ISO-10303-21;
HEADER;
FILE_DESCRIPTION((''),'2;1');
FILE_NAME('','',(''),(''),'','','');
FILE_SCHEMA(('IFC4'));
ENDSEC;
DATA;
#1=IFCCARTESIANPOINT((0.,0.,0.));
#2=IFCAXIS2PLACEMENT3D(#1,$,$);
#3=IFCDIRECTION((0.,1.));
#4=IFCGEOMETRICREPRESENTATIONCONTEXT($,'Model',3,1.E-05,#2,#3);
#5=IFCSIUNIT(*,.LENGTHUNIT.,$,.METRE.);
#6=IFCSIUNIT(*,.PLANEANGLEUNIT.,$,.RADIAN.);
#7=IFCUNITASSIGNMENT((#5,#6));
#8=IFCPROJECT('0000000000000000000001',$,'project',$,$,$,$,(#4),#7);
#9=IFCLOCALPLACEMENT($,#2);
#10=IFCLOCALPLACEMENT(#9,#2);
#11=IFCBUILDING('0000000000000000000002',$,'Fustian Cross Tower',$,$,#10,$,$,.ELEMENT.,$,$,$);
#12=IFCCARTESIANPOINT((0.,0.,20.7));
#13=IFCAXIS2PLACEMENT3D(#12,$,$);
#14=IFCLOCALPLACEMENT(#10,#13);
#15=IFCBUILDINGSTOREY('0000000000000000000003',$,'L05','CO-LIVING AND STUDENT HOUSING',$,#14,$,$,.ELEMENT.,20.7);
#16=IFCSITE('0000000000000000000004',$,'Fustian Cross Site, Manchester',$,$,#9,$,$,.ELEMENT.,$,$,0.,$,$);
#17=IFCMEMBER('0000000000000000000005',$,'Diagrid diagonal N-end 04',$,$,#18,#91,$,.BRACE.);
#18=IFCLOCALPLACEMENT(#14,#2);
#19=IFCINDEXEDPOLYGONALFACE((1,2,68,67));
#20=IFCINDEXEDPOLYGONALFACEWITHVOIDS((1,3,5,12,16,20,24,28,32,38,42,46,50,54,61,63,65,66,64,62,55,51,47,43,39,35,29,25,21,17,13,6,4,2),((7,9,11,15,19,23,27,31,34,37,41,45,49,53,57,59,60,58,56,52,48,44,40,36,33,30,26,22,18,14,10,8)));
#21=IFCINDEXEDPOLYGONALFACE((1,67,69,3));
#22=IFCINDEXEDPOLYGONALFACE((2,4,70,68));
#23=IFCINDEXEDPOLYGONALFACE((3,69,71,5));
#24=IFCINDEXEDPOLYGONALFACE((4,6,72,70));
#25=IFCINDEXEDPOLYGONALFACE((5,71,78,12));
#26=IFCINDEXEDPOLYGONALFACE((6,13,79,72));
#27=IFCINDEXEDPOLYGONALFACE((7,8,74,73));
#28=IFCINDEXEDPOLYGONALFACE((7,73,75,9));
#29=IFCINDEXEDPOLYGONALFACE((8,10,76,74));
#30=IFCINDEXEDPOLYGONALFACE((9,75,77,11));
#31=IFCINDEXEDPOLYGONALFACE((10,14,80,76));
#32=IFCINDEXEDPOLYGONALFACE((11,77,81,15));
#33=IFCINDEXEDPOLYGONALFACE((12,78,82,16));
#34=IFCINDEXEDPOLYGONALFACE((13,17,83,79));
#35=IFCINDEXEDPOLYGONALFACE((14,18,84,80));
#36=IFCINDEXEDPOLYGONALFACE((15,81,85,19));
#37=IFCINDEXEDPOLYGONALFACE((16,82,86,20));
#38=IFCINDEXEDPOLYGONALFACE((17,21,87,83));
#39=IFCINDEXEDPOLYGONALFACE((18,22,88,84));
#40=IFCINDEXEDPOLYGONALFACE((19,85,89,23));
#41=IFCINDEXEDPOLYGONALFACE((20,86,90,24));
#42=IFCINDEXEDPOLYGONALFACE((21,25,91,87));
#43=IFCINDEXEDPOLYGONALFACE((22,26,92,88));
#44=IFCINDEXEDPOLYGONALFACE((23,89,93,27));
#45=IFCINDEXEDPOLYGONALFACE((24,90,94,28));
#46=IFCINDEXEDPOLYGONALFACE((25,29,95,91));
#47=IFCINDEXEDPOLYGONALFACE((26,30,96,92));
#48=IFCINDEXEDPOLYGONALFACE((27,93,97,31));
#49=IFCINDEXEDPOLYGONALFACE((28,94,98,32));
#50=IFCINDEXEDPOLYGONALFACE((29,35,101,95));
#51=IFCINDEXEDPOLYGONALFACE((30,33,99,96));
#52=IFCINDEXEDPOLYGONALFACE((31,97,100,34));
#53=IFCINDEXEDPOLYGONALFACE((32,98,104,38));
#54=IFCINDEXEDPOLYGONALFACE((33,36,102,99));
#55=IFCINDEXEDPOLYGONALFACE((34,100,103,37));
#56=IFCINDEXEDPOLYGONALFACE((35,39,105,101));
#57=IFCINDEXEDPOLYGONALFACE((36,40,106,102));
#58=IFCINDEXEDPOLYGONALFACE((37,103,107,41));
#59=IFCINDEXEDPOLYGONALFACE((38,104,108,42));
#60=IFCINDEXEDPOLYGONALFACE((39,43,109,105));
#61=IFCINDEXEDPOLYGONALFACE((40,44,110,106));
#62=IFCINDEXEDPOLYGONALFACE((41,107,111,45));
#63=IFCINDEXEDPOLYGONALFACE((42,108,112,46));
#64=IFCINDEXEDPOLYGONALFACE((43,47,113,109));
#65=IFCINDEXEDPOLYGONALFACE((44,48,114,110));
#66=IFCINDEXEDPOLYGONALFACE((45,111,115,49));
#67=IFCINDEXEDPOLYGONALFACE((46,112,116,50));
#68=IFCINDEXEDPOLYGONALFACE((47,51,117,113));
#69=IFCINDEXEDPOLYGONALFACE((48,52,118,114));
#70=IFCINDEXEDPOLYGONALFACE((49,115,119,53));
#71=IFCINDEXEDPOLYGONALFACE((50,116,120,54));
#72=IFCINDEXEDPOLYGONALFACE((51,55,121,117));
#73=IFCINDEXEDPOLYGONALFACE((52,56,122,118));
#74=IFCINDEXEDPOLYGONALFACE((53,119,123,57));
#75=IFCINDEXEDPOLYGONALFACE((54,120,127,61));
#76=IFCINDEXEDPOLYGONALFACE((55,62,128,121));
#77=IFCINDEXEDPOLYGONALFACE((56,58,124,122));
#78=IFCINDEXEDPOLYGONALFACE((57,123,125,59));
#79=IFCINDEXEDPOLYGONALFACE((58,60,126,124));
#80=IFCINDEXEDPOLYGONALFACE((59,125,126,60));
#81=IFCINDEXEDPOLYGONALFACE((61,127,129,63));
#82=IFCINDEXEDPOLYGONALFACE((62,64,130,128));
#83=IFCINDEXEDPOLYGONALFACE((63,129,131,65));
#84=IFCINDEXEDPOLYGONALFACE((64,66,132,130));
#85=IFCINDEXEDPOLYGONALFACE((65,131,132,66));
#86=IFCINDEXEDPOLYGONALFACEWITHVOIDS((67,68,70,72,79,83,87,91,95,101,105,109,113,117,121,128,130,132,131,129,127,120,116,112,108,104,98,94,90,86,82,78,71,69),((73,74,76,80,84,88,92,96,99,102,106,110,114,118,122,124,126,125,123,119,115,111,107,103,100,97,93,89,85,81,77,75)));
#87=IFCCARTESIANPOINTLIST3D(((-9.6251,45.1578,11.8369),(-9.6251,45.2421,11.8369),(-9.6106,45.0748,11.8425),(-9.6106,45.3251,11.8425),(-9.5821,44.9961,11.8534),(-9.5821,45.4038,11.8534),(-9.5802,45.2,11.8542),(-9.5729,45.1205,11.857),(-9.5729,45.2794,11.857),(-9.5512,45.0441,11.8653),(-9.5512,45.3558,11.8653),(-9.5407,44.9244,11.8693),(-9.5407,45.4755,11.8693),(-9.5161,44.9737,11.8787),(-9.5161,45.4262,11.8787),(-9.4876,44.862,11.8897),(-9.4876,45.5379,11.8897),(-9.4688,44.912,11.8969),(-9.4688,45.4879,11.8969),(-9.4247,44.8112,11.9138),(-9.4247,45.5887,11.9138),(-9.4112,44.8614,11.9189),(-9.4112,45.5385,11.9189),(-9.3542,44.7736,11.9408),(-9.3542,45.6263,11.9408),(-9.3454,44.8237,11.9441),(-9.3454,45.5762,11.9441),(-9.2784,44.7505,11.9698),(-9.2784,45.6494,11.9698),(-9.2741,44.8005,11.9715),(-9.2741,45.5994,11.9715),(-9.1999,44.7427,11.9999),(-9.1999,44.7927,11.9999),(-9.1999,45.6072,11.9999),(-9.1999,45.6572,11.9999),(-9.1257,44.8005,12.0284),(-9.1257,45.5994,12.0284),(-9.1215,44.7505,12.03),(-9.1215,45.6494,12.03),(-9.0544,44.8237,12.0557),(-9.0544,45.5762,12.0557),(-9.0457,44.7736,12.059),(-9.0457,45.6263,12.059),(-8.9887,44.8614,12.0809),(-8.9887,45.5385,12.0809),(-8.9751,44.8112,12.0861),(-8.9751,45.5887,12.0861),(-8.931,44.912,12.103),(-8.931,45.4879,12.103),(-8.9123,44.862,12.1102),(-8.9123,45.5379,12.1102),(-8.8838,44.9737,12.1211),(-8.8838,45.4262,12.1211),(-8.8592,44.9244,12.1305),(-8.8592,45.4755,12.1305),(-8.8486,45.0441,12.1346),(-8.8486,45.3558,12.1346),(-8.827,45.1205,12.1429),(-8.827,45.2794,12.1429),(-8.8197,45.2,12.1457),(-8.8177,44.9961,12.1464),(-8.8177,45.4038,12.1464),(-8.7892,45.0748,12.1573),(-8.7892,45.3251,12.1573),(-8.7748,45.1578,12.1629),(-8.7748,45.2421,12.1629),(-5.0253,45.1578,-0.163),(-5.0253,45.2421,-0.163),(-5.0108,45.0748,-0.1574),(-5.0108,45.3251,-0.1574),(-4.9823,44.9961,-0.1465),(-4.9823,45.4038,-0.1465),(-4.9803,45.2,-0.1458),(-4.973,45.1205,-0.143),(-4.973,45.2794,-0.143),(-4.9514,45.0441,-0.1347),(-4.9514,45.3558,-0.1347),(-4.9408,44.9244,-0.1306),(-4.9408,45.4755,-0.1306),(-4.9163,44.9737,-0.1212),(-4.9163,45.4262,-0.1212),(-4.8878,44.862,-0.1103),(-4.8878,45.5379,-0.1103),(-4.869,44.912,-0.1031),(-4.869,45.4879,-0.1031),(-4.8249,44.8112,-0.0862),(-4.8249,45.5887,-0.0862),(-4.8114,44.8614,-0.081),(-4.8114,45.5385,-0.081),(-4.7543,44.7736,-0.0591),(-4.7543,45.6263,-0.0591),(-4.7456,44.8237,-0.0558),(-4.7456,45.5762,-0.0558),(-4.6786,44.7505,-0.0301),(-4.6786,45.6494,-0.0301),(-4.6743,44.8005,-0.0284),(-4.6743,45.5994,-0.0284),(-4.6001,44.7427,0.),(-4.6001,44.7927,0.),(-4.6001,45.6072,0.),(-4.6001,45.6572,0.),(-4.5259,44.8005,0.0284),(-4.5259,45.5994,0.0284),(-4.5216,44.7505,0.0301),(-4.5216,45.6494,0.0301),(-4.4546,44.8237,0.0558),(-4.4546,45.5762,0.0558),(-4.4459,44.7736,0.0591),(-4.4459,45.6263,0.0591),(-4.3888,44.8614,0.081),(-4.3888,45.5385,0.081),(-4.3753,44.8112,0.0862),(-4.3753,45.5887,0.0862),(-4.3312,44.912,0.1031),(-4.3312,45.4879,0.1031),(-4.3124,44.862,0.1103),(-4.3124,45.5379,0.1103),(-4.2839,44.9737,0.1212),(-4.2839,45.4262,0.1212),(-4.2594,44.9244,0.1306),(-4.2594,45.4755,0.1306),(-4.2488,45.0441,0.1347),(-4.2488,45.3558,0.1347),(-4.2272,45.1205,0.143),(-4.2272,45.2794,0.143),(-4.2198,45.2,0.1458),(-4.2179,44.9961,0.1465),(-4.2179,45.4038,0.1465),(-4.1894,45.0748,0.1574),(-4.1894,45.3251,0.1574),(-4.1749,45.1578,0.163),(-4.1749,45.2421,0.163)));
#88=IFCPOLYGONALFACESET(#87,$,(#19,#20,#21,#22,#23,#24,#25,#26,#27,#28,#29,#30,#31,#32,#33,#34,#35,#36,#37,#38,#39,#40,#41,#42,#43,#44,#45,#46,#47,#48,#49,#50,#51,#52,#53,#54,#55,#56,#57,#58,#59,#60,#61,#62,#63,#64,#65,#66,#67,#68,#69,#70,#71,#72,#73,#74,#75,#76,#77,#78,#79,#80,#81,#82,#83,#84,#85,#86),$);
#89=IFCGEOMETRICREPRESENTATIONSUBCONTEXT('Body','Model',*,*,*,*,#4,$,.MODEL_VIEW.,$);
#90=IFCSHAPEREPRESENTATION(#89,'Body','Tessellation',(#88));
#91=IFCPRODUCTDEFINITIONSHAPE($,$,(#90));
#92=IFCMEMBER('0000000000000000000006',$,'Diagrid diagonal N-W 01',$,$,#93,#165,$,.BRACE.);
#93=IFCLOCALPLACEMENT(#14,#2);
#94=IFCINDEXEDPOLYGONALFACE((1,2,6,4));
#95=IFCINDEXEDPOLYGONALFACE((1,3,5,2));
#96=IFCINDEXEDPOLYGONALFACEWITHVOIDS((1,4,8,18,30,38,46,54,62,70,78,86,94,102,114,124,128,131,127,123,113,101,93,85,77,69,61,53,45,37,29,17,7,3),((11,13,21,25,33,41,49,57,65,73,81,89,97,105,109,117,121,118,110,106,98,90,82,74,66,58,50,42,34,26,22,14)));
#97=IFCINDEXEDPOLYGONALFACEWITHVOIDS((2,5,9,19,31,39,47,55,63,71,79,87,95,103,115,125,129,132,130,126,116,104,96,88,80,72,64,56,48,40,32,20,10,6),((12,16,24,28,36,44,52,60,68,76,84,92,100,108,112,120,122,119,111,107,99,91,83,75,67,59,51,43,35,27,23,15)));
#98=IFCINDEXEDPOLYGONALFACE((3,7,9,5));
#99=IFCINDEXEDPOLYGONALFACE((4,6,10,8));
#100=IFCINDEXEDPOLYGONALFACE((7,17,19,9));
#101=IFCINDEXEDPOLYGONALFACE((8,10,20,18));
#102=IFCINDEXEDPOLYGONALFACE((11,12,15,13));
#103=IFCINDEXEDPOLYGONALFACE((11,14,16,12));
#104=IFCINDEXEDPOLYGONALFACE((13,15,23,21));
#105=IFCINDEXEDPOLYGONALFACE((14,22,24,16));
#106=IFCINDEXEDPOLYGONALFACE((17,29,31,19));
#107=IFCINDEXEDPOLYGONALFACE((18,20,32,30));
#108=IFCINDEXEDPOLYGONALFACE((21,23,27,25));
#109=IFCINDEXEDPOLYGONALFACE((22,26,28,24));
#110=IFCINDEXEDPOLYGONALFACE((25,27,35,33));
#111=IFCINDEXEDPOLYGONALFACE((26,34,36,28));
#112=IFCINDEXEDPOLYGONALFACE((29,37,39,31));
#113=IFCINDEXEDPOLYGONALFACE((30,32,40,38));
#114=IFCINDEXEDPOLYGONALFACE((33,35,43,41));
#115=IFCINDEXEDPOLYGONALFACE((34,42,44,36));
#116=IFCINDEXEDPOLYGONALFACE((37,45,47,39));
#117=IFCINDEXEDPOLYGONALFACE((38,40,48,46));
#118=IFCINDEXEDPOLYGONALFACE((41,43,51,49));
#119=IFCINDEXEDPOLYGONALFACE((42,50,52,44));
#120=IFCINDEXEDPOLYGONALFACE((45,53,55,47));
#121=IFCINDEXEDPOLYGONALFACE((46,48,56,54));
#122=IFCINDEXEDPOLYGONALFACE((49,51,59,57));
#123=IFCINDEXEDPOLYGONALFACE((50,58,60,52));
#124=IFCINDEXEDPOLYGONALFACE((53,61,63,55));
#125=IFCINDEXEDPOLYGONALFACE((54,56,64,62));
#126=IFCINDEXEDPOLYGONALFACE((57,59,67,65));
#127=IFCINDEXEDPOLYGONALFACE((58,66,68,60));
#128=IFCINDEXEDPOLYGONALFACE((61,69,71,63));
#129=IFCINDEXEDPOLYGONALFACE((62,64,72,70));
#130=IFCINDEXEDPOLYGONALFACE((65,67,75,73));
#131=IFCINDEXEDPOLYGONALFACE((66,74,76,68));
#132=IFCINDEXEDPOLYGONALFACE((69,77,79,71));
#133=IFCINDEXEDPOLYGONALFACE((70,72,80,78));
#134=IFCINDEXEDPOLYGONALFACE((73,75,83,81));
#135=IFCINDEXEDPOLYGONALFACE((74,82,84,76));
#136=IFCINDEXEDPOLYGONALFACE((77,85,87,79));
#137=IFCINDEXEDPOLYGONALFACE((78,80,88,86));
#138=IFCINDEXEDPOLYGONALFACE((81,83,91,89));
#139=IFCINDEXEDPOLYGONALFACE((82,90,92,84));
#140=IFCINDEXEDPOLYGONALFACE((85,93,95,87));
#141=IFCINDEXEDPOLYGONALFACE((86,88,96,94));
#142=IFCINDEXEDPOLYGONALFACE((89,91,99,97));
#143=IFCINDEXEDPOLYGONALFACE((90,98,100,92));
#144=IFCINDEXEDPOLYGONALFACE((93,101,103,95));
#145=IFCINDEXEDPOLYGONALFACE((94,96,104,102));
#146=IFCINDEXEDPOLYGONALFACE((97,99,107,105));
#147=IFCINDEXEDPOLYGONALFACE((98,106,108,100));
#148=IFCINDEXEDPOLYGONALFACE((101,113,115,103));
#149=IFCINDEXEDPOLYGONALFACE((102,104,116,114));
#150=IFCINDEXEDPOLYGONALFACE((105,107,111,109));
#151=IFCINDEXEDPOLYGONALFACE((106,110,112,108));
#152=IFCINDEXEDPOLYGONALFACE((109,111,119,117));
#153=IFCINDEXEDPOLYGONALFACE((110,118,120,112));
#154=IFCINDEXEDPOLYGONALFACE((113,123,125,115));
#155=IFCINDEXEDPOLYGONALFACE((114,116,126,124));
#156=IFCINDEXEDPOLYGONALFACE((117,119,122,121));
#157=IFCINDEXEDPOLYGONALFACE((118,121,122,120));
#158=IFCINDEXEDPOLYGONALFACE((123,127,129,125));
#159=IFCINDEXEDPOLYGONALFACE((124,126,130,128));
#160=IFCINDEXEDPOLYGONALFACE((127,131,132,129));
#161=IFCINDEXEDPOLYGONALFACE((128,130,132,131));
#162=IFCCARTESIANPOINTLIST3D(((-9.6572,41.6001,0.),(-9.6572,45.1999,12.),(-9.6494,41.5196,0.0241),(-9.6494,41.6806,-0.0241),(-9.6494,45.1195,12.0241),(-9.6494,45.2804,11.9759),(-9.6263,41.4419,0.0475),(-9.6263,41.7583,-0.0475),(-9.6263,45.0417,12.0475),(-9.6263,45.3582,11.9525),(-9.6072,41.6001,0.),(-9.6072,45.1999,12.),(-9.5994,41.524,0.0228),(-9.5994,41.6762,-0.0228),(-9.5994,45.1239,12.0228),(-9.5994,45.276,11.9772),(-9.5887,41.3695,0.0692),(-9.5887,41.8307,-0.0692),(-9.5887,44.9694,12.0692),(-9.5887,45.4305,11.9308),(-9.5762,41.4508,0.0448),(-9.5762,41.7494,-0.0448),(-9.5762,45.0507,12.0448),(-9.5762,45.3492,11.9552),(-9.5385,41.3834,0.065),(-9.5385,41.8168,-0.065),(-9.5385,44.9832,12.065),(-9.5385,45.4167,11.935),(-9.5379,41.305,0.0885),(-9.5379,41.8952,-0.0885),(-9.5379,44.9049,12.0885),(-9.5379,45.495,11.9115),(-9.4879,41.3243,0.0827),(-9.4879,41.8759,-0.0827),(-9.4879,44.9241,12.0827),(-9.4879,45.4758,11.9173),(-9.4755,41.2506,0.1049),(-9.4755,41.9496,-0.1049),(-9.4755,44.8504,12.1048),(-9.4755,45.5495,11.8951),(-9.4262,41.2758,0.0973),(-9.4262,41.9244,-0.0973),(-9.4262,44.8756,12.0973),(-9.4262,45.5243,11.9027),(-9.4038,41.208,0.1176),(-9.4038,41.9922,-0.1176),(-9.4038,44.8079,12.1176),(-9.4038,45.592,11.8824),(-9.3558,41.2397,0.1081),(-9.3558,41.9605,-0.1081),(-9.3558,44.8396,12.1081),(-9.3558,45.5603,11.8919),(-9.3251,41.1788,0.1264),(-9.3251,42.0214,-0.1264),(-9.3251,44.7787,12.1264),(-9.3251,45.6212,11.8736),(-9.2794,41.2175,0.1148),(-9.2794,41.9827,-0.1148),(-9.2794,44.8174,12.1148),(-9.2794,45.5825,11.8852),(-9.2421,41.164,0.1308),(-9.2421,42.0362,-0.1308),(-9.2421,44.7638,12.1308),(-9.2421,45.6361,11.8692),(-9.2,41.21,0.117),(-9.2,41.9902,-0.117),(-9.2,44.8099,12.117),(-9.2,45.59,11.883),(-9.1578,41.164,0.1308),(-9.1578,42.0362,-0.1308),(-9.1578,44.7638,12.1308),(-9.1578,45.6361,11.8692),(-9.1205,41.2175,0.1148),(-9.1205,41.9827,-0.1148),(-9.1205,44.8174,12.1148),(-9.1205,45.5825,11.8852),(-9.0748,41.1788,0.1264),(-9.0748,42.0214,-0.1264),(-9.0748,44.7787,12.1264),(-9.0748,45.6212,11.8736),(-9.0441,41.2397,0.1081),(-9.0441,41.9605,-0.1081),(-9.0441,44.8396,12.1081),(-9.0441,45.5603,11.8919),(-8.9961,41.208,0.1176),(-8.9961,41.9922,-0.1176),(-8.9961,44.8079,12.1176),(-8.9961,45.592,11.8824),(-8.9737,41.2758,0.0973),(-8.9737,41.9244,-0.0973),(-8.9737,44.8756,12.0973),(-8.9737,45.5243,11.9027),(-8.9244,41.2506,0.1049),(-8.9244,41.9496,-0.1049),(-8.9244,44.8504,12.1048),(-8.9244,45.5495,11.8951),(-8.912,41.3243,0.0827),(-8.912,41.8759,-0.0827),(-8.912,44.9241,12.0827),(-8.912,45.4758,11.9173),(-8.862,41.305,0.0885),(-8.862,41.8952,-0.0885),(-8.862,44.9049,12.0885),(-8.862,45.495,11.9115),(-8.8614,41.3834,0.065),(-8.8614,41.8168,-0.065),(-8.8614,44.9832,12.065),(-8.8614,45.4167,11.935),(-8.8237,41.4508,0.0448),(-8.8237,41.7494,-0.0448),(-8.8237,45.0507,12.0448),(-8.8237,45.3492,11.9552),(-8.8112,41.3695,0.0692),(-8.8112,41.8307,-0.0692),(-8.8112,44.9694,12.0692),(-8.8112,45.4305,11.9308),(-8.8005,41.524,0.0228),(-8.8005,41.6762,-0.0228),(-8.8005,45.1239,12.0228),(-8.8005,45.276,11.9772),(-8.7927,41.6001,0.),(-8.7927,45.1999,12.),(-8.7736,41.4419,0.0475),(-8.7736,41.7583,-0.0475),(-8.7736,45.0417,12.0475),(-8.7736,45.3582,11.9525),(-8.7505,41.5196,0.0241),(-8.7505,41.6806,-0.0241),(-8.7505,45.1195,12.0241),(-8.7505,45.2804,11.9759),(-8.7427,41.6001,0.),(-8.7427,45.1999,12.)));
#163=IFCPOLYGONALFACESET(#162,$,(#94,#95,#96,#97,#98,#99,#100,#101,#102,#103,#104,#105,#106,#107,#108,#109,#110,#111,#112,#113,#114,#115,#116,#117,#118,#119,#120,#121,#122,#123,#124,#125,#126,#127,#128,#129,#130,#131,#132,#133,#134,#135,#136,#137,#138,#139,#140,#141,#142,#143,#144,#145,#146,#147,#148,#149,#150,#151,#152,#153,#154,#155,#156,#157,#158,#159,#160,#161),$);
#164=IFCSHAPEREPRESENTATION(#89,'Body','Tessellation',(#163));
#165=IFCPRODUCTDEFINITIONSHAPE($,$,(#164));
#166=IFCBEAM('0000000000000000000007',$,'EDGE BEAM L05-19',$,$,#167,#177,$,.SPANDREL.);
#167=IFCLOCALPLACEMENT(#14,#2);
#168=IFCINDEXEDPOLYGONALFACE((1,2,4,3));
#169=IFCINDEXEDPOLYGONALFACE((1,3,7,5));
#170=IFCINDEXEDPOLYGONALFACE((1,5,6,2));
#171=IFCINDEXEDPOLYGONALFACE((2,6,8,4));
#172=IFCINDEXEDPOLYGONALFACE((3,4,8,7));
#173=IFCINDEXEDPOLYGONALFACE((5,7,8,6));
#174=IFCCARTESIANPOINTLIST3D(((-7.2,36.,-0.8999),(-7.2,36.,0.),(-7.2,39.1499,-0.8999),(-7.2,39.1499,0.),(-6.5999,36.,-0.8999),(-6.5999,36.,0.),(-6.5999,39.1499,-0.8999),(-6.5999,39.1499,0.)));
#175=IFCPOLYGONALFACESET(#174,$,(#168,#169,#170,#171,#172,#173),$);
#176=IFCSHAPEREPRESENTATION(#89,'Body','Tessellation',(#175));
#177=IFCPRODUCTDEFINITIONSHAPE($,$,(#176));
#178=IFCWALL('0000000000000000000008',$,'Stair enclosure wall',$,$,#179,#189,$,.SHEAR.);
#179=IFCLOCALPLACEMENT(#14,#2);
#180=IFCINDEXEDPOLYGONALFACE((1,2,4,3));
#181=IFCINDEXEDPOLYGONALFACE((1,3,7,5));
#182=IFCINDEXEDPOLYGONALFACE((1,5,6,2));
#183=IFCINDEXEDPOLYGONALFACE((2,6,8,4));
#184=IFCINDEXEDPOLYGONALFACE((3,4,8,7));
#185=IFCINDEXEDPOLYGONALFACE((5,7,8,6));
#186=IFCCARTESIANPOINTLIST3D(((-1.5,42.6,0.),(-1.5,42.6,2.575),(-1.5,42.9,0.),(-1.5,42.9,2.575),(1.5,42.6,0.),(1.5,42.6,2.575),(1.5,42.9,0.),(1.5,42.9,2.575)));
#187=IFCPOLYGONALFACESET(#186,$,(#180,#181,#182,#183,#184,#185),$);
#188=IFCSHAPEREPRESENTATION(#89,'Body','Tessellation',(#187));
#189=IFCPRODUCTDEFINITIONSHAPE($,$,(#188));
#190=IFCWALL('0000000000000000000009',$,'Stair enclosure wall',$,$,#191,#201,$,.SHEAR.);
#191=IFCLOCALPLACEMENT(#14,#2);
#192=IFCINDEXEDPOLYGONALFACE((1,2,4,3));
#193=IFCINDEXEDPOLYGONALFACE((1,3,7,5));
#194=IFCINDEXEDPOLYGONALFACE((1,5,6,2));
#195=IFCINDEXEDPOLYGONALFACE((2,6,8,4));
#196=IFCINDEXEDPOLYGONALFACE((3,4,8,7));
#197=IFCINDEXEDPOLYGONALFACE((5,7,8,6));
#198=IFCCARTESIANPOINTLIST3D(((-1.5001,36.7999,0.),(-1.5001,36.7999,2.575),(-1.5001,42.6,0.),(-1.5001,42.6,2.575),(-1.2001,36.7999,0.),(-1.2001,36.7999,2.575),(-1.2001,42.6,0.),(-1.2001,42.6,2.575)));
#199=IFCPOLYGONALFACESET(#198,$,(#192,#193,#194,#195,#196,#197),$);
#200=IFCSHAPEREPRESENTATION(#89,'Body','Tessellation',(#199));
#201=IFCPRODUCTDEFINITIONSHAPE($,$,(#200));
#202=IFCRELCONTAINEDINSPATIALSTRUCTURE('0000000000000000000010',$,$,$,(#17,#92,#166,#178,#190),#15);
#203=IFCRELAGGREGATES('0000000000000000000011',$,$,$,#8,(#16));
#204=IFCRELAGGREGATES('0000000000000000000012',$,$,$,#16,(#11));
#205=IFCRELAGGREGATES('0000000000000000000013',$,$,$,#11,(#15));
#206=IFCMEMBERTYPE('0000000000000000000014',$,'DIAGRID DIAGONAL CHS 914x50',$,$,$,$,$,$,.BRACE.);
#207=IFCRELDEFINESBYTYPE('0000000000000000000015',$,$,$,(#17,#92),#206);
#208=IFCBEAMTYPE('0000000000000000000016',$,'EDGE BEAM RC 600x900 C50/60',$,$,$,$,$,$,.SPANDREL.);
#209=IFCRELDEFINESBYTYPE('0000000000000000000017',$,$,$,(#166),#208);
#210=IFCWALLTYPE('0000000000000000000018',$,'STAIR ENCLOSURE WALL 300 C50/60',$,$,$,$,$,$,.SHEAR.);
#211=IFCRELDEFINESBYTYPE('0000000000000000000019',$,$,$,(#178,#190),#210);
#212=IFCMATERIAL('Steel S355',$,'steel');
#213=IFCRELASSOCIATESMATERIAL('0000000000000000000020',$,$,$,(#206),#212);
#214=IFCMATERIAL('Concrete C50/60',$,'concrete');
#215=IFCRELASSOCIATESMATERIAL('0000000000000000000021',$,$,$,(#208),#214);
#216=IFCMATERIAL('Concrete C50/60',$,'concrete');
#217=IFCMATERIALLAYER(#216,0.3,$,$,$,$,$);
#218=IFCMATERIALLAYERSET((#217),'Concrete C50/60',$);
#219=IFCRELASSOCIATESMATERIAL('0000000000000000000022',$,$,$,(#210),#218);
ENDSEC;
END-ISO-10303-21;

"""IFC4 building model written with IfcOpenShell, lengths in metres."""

from ifc_helpers import new_model, si_unit, direction, frame, frame_2d, origin, origin_2d, place, context, subcontext, project, spatial, rectangle, hollow_circle, extrude, material, layer, layer_set, material_profile, profile_set, type_object, element, save


model = new_model("IFC4")

# Units and contexts
model_context = context("Model", 3, precision=1e-05, world=origin(), true_north=direction((0.0, 1.0)))
body_context = subcontext(model_context, "Body", "Model", "MODEL_VIEW")
ifc_project = project(units=[si_unit("LENGTHUNIT", "METRE"), si_unit("PLANEANGLEUNIT", "RADIAN")], contexts=[model_context])

# Site, building, storey
site_placement = place(None, origin())
site = spatial("IfcSite", under=ifc_project, at=site_placement, Name="Fustian Cross Site, Manchester", CompositionType="ELEMENT", RefElevation=0.0)
building_placement = place(site_placement, origin())
building = spatial("IfcBuilding", under=site, at=building_placement, Name="Fustian Cross Tower", CompositionType="ELEMENT")
storey_placement = place(building_placement, frame((0.0, 0.0, 20.7)))
storey = spatial("IfcBuildingStorey", under=building, at=storey_placement, Name="L05", Description="CO-LIVING AND STUDENT HOUSING", CompositionType="ELEMENT", Elevation=20.7)

# Members
ifc_material_1 = material(Name="Steel S355", Category="steel")
ifc_material_profile_1 = material_profile(ifc_material_1, hollow_circle(Radius=0.4573, WallThickness=0.05, at=origin_2d()), Name="CHS 914x50")
ifc_profile_set_1 = profile_set([ifc_material_profile_1], Name="Steel S355")
member_type_1 = type_object("IfcMemberType", Name="DIAGRID DIAGONAL CHS 914x50", PredefinedType="BRACE", material=ifc_profile_set_1)
member_1_placement = place(storey_placement, frame((-4.6001, 45.2, 0.0), z_axis=(-0.357926, 0.0, 0.93375), x_axis=(0.0, -1.0, 0.0)))
element("IfcMember", 1, at=member_1_placement, inside=storey, type_object=member_type_1, Name="Diagrid diagonal N-end 04", PredefinedType="BRACE", context=body_context, shape_type="SweptSolid", body=[
    extrude(hollow_circle(Radius=0.4573, WallThickness=0.05, at=origin_2d()), origin(), (0.0, 0.0, 1.0), 12.8513),
])
member_2_placement = place(storey_placement, frame((-9.2, 41.6001, 0.0), z_axis=(0.0, 0.287337, 0.95783), x_axis=(-1.0, 0.0, 0.0)))
element("IfcMember", 2, at=member_2_placement, inside=storey, type_object=member_type_1, Name="Diagrid diagonal N-W 01", PredefinedType="BRACE", context=body_context, shape_type="SweptSolid", body=[
    extrude(hollow_circle(Radius=0.4573, WallThickness=0.05, at=origin_2d()), origin(), (0.0, 0.0, 1.0), 12.5283),
])

# Beam
ifc_material_2 = material(Name="Concrete C50/60", Category="concrete")
ifc_material_profile_2 = material_profile(ifc_material_2, rectangle(XDim=0.6001, YDim=0.8999, at=origin_2d()), Name="RC 600x900")
ifc_profile_set_2 = profile_set([ifc_material_profile_2], Name="Concrete C50/60")
beam_type = type_object("IfcBeamType", Name="EDGE BEAM RC 600x900 C50/60", PredefinedType="SPANDREL", material=ifc_profile_set_2)
beam_placement = place(storey_placement, frame((-6.8999, 39.1499, -0.45), z_axis=(0.0, -1.0, 0.0), x_axis=(1.0, 0.0, 0.0)))
element("IfcBeam", 3, at=beam_placement, inside=storey, type_object=beam_type, Name="EDGE BEAM L05-19", PredefinedType="SPANDREL", context=body_context, shape_type="SweptSolid", body=[
    extrude(rectangle(XDim=0.6001, YDim=0.8999, at=origin_2d()), origin(), (0.0, 0.0, 1.0), 3.1499),
])

# Walls
ifc_material_3 = material(Name="Concrete C50/60", Category="concrete")
ifc_layer_1 = layer(ifc_material_3, 0.3)
ifc_layer_set_1 = layer_set([ifc_layer_1], Name="Concrete C50/60")
wall_type_1 = type_object("IfcWallType", Name="STAIR ENCLOSURE WALL 300 C50/60", PredefinedType="SHEAR", material=ifc_layer_set_1)
wall_1_placement = place(storey_placement, frame((-1.5, 42.75, 0.0), z_axis=(0.0, 0.0, 1.0), x_axis=(1.0, 0.0, 0.0)))
element("IfcWall", 4, at=wall_1_placement, inside=storey, type_object=wall_type_1, Name="Stair enclosure wall", PredefinedType="SHEAR", context=body_context, shape_type="SweptSolid", body=[
    extrude(rectangle(XDim=3.0, YDim=0.3, at=frame_2d((1.5, 0.0))), origin(), (0.0, 0.0, 1.0), 2.575),
])
wall_2_placement = place(storey_placement, frame((-1.3501, 36.8, 0.0), z_axis=(0.0, 0.0, 1.0), x_axis=(0.0, 1.0, 0.0)))
element("IfcWall", 5, at=wall_2_placement, inside=storey, type_object=wall_type_1, Name="Stair enclosure wall", PredefinedType="SHEAR", context=body_context, shape_type="SweptSolid", body=[
    extrude(rectangle(XDim=5.8, YDim=0.3, at=frame_2d((2.8999, 0.0))), origin(), (0.0, 0.0, 1.0), 2.575),
])

save(model, "model.ifc")
